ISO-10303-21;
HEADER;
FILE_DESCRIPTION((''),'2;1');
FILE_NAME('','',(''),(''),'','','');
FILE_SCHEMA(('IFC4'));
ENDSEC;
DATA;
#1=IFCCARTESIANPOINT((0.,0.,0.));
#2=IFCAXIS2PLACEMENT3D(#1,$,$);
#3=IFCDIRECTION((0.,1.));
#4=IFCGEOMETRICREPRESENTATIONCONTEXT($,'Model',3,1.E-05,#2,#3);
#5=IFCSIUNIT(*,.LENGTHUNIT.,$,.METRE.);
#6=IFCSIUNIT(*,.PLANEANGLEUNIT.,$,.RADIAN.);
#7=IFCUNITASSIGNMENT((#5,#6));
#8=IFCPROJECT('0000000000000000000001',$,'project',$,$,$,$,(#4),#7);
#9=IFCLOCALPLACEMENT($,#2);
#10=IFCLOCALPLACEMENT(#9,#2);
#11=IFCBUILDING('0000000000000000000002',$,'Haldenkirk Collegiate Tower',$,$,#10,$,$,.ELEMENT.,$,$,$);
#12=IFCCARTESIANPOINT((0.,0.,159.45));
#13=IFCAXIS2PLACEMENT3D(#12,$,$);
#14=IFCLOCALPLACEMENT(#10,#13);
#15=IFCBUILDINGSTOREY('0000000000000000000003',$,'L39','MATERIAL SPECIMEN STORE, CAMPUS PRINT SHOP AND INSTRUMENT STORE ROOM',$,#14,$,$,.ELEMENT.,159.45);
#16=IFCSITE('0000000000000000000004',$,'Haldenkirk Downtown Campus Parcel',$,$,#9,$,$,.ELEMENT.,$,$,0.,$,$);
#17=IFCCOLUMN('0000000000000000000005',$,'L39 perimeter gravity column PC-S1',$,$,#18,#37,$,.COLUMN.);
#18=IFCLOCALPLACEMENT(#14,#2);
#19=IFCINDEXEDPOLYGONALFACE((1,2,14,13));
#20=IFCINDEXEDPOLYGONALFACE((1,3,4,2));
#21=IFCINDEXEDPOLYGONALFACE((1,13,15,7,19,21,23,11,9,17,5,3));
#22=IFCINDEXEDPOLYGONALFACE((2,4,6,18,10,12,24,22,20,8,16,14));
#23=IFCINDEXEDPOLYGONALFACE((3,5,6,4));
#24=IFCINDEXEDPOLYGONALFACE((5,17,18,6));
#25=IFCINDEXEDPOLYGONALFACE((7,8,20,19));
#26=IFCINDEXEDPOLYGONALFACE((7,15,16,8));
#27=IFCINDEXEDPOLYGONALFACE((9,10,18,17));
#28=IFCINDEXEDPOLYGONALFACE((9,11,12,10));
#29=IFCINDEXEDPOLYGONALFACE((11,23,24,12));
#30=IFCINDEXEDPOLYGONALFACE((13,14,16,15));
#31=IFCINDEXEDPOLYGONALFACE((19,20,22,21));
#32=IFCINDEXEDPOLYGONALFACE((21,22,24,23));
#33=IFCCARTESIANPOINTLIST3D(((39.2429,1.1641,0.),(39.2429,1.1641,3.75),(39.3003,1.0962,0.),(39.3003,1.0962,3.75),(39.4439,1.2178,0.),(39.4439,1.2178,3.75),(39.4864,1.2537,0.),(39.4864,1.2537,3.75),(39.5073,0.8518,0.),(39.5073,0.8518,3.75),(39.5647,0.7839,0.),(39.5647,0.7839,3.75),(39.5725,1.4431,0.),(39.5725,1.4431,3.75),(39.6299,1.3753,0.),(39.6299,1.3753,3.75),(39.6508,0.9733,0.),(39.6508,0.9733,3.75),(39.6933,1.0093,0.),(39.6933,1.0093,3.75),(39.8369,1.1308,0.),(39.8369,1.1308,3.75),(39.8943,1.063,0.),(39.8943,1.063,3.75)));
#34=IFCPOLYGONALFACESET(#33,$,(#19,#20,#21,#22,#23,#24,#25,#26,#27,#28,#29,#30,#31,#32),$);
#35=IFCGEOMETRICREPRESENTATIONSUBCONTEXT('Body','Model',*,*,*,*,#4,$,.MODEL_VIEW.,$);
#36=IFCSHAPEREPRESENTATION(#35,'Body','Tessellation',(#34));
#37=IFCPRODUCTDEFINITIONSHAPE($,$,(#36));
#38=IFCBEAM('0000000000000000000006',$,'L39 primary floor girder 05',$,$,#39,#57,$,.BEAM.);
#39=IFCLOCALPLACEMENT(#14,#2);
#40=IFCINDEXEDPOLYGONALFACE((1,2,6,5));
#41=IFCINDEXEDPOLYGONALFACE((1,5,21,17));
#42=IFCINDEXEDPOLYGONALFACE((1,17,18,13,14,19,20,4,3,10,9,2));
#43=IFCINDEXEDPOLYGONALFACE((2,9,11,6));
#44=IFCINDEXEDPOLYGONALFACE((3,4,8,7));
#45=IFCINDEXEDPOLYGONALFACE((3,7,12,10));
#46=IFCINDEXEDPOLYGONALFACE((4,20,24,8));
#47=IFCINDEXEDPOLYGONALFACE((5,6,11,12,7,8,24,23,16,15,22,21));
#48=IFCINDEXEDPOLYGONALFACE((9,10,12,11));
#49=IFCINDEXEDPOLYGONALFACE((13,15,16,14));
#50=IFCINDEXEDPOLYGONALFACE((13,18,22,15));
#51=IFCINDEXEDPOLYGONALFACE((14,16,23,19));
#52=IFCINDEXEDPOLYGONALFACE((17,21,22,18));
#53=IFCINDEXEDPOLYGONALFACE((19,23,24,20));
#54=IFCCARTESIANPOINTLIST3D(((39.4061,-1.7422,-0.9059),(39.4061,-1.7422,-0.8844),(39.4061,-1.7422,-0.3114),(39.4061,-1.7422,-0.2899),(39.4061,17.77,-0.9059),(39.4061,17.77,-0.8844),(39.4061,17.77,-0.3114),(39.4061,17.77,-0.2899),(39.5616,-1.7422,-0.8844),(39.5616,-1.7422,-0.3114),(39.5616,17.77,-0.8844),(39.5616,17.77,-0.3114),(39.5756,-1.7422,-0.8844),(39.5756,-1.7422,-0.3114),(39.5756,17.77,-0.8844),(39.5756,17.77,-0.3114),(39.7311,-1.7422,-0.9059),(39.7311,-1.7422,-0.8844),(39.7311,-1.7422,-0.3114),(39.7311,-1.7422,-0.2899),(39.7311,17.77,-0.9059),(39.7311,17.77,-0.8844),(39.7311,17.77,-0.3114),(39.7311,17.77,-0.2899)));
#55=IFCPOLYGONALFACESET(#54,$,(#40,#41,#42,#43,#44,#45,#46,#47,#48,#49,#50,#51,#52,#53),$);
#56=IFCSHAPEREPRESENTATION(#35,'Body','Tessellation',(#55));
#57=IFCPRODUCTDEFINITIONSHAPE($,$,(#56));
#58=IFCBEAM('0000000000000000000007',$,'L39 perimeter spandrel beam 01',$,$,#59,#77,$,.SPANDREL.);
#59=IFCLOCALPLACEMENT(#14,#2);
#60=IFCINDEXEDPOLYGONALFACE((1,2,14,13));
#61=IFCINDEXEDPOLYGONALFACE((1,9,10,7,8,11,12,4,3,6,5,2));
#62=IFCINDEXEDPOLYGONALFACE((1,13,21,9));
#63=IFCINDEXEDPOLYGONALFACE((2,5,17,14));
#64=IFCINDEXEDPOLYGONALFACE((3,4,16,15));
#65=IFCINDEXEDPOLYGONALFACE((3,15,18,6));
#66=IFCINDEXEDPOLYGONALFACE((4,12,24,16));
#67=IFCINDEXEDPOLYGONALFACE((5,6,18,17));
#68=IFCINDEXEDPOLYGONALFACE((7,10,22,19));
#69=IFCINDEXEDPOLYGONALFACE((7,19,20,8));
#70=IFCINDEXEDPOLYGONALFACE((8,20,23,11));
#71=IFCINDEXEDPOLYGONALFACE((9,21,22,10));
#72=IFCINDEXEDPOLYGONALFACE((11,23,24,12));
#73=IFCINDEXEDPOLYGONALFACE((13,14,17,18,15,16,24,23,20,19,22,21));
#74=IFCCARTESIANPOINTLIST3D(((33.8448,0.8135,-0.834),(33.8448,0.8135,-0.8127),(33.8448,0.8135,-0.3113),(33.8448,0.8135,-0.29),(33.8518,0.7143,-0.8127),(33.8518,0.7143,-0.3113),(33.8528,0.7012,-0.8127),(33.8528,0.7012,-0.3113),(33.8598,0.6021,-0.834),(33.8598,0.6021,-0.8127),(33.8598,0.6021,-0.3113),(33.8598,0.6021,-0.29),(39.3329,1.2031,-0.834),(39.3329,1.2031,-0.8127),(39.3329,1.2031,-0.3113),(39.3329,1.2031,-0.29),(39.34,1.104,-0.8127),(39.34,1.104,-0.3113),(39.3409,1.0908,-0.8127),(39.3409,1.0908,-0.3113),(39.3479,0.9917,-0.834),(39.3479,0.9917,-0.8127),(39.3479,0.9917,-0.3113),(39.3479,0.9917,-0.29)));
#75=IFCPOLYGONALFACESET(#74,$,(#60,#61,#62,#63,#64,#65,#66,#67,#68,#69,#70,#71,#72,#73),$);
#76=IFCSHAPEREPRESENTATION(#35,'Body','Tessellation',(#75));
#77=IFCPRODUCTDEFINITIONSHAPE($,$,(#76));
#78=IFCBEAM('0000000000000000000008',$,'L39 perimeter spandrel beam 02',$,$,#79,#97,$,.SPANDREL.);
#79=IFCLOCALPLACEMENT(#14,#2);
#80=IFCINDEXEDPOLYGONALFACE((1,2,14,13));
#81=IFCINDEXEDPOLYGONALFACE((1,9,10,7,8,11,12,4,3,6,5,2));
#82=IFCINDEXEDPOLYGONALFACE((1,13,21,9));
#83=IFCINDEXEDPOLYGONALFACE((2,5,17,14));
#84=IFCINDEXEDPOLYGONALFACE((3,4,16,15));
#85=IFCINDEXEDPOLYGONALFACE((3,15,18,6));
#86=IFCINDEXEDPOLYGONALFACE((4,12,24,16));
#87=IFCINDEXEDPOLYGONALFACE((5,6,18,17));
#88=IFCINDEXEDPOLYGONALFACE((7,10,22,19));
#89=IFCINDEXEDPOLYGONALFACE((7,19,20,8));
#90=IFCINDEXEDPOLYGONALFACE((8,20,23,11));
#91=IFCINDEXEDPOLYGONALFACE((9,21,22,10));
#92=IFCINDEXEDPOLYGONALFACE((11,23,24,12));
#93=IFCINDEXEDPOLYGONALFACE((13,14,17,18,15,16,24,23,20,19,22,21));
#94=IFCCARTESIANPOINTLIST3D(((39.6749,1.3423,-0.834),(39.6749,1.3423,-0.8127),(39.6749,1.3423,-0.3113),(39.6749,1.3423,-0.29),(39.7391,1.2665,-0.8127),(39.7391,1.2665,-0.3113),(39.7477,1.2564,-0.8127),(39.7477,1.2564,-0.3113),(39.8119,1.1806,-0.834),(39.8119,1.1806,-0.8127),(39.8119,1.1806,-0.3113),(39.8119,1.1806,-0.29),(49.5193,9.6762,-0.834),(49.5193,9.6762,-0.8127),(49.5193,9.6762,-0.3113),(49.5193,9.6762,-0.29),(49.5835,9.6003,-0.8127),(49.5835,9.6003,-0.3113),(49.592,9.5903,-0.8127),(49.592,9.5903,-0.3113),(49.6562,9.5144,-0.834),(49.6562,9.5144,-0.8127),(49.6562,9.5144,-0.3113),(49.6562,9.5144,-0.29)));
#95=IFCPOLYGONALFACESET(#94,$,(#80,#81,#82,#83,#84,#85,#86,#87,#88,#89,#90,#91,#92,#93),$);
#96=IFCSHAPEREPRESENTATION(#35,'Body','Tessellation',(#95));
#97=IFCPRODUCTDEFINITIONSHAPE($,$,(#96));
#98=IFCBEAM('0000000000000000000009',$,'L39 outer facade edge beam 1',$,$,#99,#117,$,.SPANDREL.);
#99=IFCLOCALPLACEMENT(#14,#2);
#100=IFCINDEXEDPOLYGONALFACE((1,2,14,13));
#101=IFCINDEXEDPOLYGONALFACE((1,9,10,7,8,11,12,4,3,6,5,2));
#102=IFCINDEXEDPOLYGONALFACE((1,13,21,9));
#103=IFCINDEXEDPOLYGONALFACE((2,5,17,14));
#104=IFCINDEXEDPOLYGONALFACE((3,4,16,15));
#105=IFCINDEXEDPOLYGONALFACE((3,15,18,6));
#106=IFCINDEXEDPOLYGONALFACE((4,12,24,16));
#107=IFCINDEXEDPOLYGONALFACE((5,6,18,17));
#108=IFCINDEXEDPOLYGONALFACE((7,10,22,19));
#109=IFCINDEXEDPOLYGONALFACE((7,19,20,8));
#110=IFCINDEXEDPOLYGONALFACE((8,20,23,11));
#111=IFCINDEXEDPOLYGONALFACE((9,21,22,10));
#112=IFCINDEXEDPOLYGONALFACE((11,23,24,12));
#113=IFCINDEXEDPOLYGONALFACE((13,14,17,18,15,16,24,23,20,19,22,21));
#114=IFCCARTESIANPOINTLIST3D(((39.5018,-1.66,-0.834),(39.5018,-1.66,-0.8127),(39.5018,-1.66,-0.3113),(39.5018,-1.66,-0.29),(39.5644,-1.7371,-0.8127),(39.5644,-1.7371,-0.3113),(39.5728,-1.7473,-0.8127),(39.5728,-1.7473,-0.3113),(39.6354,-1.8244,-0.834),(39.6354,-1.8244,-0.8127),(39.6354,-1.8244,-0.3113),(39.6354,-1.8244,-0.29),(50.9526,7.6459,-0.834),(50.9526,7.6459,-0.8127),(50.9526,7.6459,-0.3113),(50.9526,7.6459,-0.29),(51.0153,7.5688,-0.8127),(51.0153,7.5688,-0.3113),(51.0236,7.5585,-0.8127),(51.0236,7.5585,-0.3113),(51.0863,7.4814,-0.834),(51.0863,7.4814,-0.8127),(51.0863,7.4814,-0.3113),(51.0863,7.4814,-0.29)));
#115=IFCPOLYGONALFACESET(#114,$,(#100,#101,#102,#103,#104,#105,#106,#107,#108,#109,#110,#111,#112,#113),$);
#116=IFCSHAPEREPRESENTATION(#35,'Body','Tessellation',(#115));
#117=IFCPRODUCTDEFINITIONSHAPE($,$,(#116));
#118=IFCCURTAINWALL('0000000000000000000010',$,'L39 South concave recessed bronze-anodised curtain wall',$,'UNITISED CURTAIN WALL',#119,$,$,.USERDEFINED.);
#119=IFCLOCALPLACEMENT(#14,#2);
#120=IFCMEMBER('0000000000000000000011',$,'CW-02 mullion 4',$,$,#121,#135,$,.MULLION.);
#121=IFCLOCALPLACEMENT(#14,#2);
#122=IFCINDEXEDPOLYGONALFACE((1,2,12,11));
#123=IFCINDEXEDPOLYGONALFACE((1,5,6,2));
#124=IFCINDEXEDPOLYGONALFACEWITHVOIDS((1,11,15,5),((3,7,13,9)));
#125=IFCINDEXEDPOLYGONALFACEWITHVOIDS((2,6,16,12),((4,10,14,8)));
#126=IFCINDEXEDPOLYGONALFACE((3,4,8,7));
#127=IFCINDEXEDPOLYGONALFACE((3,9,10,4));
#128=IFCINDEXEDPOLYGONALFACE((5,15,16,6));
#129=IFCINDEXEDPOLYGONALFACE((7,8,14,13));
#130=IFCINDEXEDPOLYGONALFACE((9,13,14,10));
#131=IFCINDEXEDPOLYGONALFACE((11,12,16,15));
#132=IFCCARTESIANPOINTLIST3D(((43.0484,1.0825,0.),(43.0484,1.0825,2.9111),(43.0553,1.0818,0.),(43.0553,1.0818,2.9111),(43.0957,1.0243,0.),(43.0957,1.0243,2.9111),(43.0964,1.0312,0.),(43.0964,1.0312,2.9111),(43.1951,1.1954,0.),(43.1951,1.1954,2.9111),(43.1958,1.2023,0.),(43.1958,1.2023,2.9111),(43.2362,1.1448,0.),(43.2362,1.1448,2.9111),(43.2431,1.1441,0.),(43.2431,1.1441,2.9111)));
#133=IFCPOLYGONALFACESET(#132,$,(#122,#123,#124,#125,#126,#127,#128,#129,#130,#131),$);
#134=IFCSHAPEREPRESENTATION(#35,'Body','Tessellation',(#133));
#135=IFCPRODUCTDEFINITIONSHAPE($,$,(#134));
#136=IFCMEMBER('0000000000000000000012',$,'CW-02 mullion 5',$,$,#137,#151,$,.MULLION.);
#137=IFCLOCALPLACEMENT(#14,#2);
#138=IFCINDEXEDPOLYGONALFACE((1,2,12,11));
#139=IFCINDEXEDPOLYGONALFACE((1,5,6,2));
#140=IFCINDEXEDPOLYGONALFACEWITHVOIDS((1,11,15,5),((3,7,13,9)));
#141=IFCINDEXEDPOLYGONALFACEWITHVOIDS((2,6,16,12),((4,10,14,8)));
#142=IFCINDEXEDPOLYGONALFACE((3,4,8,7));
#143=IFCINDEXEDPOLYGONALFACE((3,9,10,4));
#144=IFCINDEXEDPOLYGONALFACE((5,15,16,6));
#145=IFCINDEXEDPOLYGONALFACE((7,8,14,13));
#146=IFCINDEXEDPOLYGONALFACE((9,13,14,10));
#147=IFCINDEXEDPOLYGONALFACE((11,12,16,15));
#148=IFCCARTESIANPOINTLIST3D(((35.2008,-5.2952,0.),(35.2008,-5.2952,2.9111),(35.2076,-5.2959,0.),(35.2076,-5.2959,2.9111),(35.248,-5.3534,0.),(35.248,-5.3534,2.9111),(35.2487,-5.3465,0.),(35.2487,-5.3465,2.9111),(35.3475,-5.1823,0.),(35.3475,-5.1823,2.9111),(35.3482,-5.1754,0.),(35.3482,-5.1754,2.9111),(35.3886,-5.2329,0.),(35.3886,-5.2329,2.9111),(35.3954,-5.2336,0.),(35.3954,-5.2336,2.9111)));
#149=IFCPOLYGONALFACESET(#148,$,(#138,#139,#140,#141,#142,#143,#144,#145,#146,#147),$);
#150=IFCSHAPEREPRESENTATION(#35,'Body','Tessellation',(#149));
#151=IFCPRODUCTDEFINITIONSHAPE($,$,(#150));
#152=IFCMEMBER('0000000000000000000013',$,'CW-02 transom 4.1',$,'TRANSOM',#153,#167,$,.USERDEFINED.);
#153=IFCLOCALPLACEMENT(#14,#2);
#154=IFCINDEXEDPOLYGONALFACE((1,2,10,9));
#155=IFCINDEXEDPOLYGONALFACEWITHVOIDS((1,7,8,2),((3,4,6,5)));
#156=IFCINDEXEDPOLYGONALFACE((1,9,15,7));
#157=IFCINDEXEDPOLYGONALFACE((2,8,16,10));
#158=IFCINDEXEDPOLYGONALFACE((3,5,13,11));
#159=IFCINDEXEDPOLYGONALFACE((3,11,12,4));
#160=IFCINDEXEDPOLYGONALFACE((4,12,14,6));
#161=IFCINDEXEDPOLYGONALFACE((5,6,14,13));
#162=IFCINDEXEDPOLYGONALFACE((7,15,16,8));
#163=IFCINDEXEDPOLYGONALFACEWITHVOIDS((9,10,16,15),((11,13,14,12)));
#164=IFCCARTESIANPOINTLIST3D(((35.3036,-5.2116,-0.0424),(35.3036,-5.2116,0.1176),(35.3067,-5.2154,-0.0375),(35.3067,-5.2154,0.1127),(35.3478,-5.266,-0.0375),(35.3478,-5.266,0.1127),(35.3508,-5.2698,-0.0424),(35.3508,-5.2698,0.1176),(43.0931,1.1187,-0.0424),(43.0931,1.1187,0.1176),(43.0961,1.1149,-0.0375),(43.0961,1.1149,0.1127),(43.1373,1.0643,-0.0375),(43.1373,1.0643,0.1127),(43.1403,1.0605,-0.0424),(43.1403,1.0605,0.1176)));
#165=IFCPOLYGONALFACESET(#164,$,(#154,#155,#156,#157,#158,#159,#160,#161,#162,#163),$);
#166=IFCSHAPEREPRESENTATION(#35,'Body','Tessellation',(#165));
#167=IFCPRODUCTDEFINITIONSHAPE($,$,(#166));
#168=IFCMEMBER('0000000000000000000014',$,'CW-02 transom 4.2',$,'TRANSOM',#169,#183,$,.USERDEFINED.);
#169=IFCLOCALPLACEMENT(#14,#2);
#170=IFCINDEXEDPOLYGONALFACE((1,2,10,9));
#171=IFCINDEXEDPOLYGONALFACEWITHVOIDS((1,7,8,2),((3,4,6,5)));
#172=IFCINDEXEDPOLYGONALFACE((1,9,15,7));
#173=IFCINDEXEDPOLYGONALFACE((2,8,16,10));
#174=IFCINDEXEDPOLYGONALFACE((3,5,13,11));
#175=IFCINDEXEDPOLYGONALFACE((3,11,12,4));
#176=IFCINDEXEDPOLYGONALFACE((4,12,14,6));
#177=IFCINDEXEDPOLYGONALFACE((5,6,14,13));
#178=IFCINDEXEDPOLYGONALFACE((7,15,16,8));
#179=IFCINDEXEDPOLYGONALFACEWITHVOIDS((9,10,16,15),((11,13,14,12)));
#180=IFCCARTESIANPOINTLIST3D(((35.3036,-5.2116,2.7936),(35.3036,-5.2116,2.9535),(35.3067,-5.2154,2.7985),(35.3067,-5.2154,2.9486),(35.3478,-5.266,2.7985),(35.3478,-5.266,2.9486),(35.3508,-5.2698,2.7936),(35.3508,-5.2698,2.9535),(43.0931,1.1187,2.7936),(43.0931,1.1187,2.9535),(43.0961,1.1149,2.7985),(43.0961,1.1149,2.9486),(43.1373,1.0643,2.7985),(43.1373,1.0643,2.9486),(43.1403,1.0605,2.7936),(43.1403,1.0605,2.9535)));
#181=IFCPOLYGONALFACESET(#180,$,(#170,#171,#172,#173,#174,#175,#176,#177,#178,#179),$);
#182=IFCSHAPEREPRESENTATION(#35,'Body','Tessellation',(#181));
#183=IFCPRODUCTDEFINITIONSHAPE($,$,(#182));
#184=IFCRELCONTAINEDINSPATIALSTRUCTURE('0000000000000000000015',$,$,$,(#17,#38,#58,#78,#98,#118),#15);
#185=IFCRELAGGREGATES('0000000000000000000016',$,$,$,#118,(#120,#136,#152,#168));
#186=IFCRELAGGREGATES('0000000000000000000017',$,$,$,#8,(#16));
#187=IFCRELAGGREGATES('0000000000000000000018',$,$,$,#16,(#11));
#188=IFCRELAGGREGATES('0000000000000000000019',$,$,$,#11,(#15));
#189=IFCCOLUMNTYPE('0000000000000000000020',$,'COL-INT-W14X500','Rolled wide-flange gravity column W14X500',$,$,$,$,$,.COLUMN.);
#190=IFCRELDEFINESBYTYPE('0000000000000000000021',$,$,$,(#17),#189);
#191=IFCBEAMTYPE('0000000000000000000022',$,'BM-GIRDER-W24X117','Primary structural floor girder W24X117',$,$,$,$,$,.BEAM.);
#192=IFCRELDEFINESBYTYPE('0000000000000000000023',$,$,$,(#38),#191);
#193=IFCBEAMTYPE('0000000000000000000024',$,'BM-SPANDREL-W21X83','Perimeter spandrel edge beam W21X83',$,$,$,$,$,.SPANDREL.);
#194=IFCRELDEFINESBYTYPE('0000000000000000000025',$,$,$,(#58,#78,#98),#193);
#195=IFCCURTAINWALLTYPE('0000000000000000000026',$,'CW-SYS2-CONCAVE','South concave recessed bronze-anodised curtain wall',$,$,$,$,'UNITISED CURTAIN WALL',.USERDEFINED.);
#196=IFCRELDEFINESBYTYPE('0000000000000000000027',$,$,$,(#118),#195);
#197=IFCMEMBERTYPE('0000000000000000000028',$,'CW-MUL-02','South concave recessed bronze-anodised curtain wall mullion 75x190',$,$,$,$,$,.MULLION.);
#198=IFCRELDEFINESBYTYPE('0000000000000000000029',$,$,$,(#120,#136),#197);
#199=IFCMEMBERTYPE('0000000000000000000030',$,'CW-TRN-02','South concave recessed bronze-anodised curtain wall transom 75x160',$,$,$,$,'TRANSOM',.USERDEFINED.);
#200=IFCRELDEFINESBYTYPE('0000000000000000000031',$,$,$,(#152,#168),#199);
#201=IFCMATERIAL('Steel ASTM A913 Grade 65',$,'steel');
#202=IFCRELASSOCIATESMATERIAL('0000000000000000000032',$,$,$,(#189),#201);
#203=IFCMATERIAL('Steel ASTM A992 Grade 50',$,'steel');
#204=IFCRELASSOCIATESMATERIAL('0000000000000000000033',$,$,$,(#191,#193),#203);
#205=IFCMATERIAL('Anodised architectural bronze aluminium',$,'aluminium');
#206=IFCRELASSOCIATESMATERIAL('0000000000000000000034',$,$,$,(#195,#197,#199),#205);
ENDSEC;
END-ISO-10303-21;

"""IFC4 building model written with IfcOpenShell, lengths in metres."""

from ifc_helpers import new_model, si_unit, direction, frame, origin, origin_2d, place, context, subcontext, project, spatial, hollow_rectangle, i_section, extrude, material, material_profile, profile_set, type_object, element, aggregate, save


model = new_model("IFC4")

# Units and contexts
model_context = context("Model", 3, precision=1e-05, world=origin(), true_north=direction((0.0, 1.0)))
body_context = subcontext(model_context, "Body", "Model", "MODEL_VIEW")
ifc_project = project(units=[si_unit("LENGTHUNIT", "METRE"), si_unit("PLANEANGLEUNIT", "RADIAN")], contexts=[model_context])

# Site, building, storey
site_placement = place(None, origin())
site = spatial("IfcSite", under=ifc_project, at=site_placement, Name="Haldenkirk Downtown Campus Parcel", CompositionType="ELEMENT", RefElevation=0.0)
building_placement = place(site_placement, origin())
building = spatial("IfcBuilding", under=site, at=building_placement, Name="Haldenkirk Collegiate Tower", CompositionType="ELEMENT")
storey_placement = place(building_placement, frame((0.0, 0.0, 159.45)))
storey = spatial("IfcBuildingStorey", under=building, at=storey_placement, Name="L39", Description="MATERIAL SPECIMEN STORE, CAMPUS PRINT SHOP AND INSTRUMENT STORE ROOM", CompositionType="ELEMENT", Elevation=159.45)

# Column
ifc_material_1 = material(Name="Steel ASTM A913 Grade 65", Category="steel")
ifc_material_profile_1 = material_profile(ifc_material_1, i_section(OverallWidth=0.4319, OverallDepth=0.498, WebThickness=0.0557, FlangeThickness=0.0889, at=origin_2d()), Name="W14X500")
ifc_profile_set_1 = profile_set([ifc_material_profile_1], Name="Steel ASTM A913 Grade 65")
column_type = type_object("IfcColumnType", Name="COL-INT-W14X500", Description="Rolled wide-flange gravity column W14X500", PredefinedType="COLUMN", material=ifc_profile_set_1)
column_placement = place(storey_placement, frame((39.5686, 1.1135, 0.0), z_axis=(0.0, 0.0, 1.0), x_axis=(0.763232, 0.646124, 0.0)))
element("IfcColumn", 1, at=column_placement, inside=storey, type_object=column_type, Name="L39 perimeter gravity column PC-S1", PredefinedType="COLUMN", context=body_context, shape_type="SweptSolid", body=[
    extrude(i_section(OverallWidth=0.4319, OverallDepth=0.498, WebThickness=0.0557, FlangeThickness=0.0889, at=origin_2d()), origin(), (0.0, 0.0, 1.0), 3.75),
])

# Beams
ifc_material_2 = material(Name="Steel ASTM A992 Grade 50", Category="steel")
ifc_material_profile_2 = material_profile(ifc_material_2, i_section(OverallWidth=0.325, OverallDepth=0.616, WebThickness=0.0139, FlangeThickness=0.0215, at=origin_2d()), Name="W24X117")
ifc_profile_set_2 = profile_set([ifc_material_profile_2], Name="Steel ASTM A992 Grade 50")
beam_type_1 = type_object("IfcBeamType", Name="BM-GIRDER-W24X117", Description="Primary structural floor girder W24X117", PredefinedType="BEAM", material=ifc_profile_set_2)
beam_1_placement = place(storey_placement, frame((39.5686, -1.7422, -0.5979), z_axis=(0.0, 1.0, 0.0), x_axis=(-1.0, 0.0, 0.0)))
element("IfcBeam", 2, at=beam_1_placement, inside=storey, type_object=beam_type_1, Name="L39 primary floor girder 05", PredefinedType="BEAM", context=body_context, shape_type="SweptSolid", body=[
    extrude(i_section(OverallWidth=0.325, OverallDepth=0.616, WebThickness=0.0139, FlangeThickness=0.0215, at=origin_2d()), origin(), (0.0, 0.0, 1.0), 19.5122),
])
ifc_material_profile_3 = material_profile(ifc_material_2, i_section(OverallWidth=0.2119, OverallDepth=0.5439, WebThickness=0.0132, FlangeThickness=0.0212, at=origin_2d()), Name="W21X83")
ifc_profile_set_3 = profile_set([ifc_material_profile_3], Name="Steel ASTM A992 Grade 50")
beam_type_2 = type_object("IfcBeamType", Name="BM-SPANDREL-W21X83", Description="Perimeter spandrel edge beam W21X83", PredefinedType="SPANDREL", material=ifc_profile_set_3)
beam_2_placement = place(storey_placement, frame((33.8523, 0.7078, -0.562), z_axis=(0.997489, 0.070821, 0.0), x_axis=(-0.070821, 0.997489, 0.0)))
element("IfcBeam", 3, at=beam_2_placement, inside=storey, type_object=beam_type_2, Name="L39 perimeter spandrel beam 01", PredefinedType="SPANDREL", context=body_context, shape_type="SweptSolid", body=[
    extrude(i_section(OverallWidth=0.2119, OverallDepth=0.5439, WebThickness=0.0132, FlangeThickness=0.0212, at=origin_2d()), origin(), (0.0, 0.0, 1.0), 5.502),
])
beam_3_placement = place(storey_placement, frame((39.7434, 1.2615, -0.562), z_axis=(0.763233, 0.646123, 0.0), x_axis=(-0.646123, 0.763233, 0.0)))
element("IfcBeam", 4, at=beam_3_placement, inside=storey, type_object=beam_type_2, Name="L39 perimeter spandrel beam 02", PredefinedType="SPANDREL", context=body_context, shape_type="SweptSolid", body=[
    extrude(i_section(OverallWidth=0.2119, OverallDepth=0.5439, WebThickness=0.0132, FlangeThickness=0.0212, at=origin_2d()), origin(), (0.0, 0.0, 1.0), 12.8982),
])
beam_4_placement = place(storey_placement, frame((39.5686, -1.7422, -0.562), z_axis=(0.776047, 0.630675, 0.0), x_axis=(-0.630675, 0.776047, 0.0)))
element("IfcBeam", 5, at=beam_4_placement, inside=storey, type_object=beam_type_2, Name="L39 outer facade edge beam 1", PredefinedType="SPANDREL", context=body_context, shape_type="SweptSolid", body=[
    extrude(i_section(OverallWidth=0.2119, OverallDepth=0.5439, WebThickness=0.0132, FlangeThickness=0.0212, at=origin_2d()), origin(), (0.0, 0.0, 1.0), 14.7554),
])

# Curtain wall, members
ifc_material_3 = material(Name="Anodised architectural bronze aluminium", Category="aluminium")
curtain_wall_type = type_object("IfcCurtainWallType", Name="CW-SYS2-CONCAVE", Description="South concave recessed bronze-anodised curtain wall", ElementType="UNITISED CURTAIN WALL", PredefinedType="USERDEFINED", material=ifc_material_3)
curtain_wall_placement = place(storey_placement, origin())
curtain_wall = element("IfcCurtainWall", 6, at=curtain_wall_placement, inside=storey, type_object=curtain_wall_type, Name="L39 South concave recessed bronze-anodised curtain wall", ObjectType="UNITISED CURTAIN WALL", PredefinedType="USERDEFINED")
ifc_material_profile_4 = material_profile(ifc_material_3, hollow_rectangle(XDim=0.075, YDim=0.1899, WallThickness=0.0049, at=origin_2d()), Name="CW-MUL-02")
ifc_profile_set_4 = profile_set([ifc_material_profile_4], Name="Anodised architectural bronze aluminium")
member_type_1 = type_object("IfcMemberType", Name="CW-MUL-02", Description="South concave recessed bronze-anodised curtain wall mullion 75x190", PredefinedType="MULLION", material=ifc_profile_set_4)
member_1_placement = place(storey_placement, frame((43.1458, 1.1133, 0.0), z_axis=(0.0, 0.0, 1.0), x_axis=(0.630674, -0.776048, 0.0)))
member_1 = element("IfcMember", 7, at=member_1_placement, type_object=member_type_1, Name="CW-02 mullion 4", PredefinedType="MULLION", context=body_context, shape_type="SweptSolid", body=[
    extrude(hollow_rectangle(XDim=0.075, YDim=0.1899, WallThickness=0.0049, at=origin_2d()), origin(), (0.0, 0.0, 1.0), 2.9111),
])
member_2_placement = place(storey_placement, frame((35.2981, -5.2644, 0.0), z_axis=(0.0, 0.0, 1.0), x_axis=(0.630674, -0.776048, 0.0)))
member_2 = element("IfcMember", 8, at=member_2_placement, type_object=member_type_1, Name="CW-02 mullion 5", PredefinedType="MULLION", context=body_context, shape_type="SweptSolid", body=[
    extrude(hollow_rectangle(XDim=0.075, YDim=0.1899, WallThickness=0.0049, at=origin_2d()), origin(), (0.0, 0.0, 1.0), 2.9111),
])
ifc_material_profile_5 = material_profile(ifc_material_3, hollow_rectangle(XDim=0.075, YDim=0.1599, WallThickness=0.0049, at=origin_2d()), Name="CW-TRN-02")
ifc_profile_set_5 = profile_set([ifc_material_profile_5], Name="Anodised architectural bronze aluminium")
member_type_2 = type_object("IfcMemberType", Name="CW-TRN-02", Description="South concave recessed bronze-anodised curtain wall transom 75x160", ElementType="TRANSOM", PredefinedType="USERDEFINED", material=ifc_profile_set_5)
member_3_placement = place(storey_placement, frame((43.1167, 1.0896, 0.0376), z_axis=(-0.77605, -0.630671, 0.0), x_axis=(0.630671, -0.77605, 0.0)))
member_3 = element("IfcMember", 9, at=member_3_placement, type_object=member_type_2, Name="CW-02 transom 4.1", ObjectType="TRANSOM", PredefinedType="USERDEFINED", context=body_context, shape_type="SweptSolid", body=[
    extrude(hollow_rectangle(XDim=0.075, YDim=0.1599, WallThickness=0.0049, at=origin_2d()), origin(), (0.0, 0.0, 1.0), 10.0374),
])
member_4_placement = place(storey_placement, frame((43.1167, 1.0896, 2.8735), z_axis=(-0.77605, -0.630671, 0.0), x_axis=(0.630671, -0.77605, 0.0)))
member_4 = element("IfcMember", 10, at=member_4_placement, type_object=member_type_2, Name="CW-02 transom 4.2", ObjectType="TRANSOM", PredefinedType="USERDEFINED", context=body_context, shape_type="SweptSolid", body=[
    extrude(hollow_rectangle(XDim=0.075, YDim=0.1599, WallThickness=0.0049, at=origin_2d()), origin(), (0.0, 0.0, 1.0), 10.0374),
])

aggregate(curtain_wall, [member_1, member_2, member_3, member_4])

save(model, "model.ifc")
